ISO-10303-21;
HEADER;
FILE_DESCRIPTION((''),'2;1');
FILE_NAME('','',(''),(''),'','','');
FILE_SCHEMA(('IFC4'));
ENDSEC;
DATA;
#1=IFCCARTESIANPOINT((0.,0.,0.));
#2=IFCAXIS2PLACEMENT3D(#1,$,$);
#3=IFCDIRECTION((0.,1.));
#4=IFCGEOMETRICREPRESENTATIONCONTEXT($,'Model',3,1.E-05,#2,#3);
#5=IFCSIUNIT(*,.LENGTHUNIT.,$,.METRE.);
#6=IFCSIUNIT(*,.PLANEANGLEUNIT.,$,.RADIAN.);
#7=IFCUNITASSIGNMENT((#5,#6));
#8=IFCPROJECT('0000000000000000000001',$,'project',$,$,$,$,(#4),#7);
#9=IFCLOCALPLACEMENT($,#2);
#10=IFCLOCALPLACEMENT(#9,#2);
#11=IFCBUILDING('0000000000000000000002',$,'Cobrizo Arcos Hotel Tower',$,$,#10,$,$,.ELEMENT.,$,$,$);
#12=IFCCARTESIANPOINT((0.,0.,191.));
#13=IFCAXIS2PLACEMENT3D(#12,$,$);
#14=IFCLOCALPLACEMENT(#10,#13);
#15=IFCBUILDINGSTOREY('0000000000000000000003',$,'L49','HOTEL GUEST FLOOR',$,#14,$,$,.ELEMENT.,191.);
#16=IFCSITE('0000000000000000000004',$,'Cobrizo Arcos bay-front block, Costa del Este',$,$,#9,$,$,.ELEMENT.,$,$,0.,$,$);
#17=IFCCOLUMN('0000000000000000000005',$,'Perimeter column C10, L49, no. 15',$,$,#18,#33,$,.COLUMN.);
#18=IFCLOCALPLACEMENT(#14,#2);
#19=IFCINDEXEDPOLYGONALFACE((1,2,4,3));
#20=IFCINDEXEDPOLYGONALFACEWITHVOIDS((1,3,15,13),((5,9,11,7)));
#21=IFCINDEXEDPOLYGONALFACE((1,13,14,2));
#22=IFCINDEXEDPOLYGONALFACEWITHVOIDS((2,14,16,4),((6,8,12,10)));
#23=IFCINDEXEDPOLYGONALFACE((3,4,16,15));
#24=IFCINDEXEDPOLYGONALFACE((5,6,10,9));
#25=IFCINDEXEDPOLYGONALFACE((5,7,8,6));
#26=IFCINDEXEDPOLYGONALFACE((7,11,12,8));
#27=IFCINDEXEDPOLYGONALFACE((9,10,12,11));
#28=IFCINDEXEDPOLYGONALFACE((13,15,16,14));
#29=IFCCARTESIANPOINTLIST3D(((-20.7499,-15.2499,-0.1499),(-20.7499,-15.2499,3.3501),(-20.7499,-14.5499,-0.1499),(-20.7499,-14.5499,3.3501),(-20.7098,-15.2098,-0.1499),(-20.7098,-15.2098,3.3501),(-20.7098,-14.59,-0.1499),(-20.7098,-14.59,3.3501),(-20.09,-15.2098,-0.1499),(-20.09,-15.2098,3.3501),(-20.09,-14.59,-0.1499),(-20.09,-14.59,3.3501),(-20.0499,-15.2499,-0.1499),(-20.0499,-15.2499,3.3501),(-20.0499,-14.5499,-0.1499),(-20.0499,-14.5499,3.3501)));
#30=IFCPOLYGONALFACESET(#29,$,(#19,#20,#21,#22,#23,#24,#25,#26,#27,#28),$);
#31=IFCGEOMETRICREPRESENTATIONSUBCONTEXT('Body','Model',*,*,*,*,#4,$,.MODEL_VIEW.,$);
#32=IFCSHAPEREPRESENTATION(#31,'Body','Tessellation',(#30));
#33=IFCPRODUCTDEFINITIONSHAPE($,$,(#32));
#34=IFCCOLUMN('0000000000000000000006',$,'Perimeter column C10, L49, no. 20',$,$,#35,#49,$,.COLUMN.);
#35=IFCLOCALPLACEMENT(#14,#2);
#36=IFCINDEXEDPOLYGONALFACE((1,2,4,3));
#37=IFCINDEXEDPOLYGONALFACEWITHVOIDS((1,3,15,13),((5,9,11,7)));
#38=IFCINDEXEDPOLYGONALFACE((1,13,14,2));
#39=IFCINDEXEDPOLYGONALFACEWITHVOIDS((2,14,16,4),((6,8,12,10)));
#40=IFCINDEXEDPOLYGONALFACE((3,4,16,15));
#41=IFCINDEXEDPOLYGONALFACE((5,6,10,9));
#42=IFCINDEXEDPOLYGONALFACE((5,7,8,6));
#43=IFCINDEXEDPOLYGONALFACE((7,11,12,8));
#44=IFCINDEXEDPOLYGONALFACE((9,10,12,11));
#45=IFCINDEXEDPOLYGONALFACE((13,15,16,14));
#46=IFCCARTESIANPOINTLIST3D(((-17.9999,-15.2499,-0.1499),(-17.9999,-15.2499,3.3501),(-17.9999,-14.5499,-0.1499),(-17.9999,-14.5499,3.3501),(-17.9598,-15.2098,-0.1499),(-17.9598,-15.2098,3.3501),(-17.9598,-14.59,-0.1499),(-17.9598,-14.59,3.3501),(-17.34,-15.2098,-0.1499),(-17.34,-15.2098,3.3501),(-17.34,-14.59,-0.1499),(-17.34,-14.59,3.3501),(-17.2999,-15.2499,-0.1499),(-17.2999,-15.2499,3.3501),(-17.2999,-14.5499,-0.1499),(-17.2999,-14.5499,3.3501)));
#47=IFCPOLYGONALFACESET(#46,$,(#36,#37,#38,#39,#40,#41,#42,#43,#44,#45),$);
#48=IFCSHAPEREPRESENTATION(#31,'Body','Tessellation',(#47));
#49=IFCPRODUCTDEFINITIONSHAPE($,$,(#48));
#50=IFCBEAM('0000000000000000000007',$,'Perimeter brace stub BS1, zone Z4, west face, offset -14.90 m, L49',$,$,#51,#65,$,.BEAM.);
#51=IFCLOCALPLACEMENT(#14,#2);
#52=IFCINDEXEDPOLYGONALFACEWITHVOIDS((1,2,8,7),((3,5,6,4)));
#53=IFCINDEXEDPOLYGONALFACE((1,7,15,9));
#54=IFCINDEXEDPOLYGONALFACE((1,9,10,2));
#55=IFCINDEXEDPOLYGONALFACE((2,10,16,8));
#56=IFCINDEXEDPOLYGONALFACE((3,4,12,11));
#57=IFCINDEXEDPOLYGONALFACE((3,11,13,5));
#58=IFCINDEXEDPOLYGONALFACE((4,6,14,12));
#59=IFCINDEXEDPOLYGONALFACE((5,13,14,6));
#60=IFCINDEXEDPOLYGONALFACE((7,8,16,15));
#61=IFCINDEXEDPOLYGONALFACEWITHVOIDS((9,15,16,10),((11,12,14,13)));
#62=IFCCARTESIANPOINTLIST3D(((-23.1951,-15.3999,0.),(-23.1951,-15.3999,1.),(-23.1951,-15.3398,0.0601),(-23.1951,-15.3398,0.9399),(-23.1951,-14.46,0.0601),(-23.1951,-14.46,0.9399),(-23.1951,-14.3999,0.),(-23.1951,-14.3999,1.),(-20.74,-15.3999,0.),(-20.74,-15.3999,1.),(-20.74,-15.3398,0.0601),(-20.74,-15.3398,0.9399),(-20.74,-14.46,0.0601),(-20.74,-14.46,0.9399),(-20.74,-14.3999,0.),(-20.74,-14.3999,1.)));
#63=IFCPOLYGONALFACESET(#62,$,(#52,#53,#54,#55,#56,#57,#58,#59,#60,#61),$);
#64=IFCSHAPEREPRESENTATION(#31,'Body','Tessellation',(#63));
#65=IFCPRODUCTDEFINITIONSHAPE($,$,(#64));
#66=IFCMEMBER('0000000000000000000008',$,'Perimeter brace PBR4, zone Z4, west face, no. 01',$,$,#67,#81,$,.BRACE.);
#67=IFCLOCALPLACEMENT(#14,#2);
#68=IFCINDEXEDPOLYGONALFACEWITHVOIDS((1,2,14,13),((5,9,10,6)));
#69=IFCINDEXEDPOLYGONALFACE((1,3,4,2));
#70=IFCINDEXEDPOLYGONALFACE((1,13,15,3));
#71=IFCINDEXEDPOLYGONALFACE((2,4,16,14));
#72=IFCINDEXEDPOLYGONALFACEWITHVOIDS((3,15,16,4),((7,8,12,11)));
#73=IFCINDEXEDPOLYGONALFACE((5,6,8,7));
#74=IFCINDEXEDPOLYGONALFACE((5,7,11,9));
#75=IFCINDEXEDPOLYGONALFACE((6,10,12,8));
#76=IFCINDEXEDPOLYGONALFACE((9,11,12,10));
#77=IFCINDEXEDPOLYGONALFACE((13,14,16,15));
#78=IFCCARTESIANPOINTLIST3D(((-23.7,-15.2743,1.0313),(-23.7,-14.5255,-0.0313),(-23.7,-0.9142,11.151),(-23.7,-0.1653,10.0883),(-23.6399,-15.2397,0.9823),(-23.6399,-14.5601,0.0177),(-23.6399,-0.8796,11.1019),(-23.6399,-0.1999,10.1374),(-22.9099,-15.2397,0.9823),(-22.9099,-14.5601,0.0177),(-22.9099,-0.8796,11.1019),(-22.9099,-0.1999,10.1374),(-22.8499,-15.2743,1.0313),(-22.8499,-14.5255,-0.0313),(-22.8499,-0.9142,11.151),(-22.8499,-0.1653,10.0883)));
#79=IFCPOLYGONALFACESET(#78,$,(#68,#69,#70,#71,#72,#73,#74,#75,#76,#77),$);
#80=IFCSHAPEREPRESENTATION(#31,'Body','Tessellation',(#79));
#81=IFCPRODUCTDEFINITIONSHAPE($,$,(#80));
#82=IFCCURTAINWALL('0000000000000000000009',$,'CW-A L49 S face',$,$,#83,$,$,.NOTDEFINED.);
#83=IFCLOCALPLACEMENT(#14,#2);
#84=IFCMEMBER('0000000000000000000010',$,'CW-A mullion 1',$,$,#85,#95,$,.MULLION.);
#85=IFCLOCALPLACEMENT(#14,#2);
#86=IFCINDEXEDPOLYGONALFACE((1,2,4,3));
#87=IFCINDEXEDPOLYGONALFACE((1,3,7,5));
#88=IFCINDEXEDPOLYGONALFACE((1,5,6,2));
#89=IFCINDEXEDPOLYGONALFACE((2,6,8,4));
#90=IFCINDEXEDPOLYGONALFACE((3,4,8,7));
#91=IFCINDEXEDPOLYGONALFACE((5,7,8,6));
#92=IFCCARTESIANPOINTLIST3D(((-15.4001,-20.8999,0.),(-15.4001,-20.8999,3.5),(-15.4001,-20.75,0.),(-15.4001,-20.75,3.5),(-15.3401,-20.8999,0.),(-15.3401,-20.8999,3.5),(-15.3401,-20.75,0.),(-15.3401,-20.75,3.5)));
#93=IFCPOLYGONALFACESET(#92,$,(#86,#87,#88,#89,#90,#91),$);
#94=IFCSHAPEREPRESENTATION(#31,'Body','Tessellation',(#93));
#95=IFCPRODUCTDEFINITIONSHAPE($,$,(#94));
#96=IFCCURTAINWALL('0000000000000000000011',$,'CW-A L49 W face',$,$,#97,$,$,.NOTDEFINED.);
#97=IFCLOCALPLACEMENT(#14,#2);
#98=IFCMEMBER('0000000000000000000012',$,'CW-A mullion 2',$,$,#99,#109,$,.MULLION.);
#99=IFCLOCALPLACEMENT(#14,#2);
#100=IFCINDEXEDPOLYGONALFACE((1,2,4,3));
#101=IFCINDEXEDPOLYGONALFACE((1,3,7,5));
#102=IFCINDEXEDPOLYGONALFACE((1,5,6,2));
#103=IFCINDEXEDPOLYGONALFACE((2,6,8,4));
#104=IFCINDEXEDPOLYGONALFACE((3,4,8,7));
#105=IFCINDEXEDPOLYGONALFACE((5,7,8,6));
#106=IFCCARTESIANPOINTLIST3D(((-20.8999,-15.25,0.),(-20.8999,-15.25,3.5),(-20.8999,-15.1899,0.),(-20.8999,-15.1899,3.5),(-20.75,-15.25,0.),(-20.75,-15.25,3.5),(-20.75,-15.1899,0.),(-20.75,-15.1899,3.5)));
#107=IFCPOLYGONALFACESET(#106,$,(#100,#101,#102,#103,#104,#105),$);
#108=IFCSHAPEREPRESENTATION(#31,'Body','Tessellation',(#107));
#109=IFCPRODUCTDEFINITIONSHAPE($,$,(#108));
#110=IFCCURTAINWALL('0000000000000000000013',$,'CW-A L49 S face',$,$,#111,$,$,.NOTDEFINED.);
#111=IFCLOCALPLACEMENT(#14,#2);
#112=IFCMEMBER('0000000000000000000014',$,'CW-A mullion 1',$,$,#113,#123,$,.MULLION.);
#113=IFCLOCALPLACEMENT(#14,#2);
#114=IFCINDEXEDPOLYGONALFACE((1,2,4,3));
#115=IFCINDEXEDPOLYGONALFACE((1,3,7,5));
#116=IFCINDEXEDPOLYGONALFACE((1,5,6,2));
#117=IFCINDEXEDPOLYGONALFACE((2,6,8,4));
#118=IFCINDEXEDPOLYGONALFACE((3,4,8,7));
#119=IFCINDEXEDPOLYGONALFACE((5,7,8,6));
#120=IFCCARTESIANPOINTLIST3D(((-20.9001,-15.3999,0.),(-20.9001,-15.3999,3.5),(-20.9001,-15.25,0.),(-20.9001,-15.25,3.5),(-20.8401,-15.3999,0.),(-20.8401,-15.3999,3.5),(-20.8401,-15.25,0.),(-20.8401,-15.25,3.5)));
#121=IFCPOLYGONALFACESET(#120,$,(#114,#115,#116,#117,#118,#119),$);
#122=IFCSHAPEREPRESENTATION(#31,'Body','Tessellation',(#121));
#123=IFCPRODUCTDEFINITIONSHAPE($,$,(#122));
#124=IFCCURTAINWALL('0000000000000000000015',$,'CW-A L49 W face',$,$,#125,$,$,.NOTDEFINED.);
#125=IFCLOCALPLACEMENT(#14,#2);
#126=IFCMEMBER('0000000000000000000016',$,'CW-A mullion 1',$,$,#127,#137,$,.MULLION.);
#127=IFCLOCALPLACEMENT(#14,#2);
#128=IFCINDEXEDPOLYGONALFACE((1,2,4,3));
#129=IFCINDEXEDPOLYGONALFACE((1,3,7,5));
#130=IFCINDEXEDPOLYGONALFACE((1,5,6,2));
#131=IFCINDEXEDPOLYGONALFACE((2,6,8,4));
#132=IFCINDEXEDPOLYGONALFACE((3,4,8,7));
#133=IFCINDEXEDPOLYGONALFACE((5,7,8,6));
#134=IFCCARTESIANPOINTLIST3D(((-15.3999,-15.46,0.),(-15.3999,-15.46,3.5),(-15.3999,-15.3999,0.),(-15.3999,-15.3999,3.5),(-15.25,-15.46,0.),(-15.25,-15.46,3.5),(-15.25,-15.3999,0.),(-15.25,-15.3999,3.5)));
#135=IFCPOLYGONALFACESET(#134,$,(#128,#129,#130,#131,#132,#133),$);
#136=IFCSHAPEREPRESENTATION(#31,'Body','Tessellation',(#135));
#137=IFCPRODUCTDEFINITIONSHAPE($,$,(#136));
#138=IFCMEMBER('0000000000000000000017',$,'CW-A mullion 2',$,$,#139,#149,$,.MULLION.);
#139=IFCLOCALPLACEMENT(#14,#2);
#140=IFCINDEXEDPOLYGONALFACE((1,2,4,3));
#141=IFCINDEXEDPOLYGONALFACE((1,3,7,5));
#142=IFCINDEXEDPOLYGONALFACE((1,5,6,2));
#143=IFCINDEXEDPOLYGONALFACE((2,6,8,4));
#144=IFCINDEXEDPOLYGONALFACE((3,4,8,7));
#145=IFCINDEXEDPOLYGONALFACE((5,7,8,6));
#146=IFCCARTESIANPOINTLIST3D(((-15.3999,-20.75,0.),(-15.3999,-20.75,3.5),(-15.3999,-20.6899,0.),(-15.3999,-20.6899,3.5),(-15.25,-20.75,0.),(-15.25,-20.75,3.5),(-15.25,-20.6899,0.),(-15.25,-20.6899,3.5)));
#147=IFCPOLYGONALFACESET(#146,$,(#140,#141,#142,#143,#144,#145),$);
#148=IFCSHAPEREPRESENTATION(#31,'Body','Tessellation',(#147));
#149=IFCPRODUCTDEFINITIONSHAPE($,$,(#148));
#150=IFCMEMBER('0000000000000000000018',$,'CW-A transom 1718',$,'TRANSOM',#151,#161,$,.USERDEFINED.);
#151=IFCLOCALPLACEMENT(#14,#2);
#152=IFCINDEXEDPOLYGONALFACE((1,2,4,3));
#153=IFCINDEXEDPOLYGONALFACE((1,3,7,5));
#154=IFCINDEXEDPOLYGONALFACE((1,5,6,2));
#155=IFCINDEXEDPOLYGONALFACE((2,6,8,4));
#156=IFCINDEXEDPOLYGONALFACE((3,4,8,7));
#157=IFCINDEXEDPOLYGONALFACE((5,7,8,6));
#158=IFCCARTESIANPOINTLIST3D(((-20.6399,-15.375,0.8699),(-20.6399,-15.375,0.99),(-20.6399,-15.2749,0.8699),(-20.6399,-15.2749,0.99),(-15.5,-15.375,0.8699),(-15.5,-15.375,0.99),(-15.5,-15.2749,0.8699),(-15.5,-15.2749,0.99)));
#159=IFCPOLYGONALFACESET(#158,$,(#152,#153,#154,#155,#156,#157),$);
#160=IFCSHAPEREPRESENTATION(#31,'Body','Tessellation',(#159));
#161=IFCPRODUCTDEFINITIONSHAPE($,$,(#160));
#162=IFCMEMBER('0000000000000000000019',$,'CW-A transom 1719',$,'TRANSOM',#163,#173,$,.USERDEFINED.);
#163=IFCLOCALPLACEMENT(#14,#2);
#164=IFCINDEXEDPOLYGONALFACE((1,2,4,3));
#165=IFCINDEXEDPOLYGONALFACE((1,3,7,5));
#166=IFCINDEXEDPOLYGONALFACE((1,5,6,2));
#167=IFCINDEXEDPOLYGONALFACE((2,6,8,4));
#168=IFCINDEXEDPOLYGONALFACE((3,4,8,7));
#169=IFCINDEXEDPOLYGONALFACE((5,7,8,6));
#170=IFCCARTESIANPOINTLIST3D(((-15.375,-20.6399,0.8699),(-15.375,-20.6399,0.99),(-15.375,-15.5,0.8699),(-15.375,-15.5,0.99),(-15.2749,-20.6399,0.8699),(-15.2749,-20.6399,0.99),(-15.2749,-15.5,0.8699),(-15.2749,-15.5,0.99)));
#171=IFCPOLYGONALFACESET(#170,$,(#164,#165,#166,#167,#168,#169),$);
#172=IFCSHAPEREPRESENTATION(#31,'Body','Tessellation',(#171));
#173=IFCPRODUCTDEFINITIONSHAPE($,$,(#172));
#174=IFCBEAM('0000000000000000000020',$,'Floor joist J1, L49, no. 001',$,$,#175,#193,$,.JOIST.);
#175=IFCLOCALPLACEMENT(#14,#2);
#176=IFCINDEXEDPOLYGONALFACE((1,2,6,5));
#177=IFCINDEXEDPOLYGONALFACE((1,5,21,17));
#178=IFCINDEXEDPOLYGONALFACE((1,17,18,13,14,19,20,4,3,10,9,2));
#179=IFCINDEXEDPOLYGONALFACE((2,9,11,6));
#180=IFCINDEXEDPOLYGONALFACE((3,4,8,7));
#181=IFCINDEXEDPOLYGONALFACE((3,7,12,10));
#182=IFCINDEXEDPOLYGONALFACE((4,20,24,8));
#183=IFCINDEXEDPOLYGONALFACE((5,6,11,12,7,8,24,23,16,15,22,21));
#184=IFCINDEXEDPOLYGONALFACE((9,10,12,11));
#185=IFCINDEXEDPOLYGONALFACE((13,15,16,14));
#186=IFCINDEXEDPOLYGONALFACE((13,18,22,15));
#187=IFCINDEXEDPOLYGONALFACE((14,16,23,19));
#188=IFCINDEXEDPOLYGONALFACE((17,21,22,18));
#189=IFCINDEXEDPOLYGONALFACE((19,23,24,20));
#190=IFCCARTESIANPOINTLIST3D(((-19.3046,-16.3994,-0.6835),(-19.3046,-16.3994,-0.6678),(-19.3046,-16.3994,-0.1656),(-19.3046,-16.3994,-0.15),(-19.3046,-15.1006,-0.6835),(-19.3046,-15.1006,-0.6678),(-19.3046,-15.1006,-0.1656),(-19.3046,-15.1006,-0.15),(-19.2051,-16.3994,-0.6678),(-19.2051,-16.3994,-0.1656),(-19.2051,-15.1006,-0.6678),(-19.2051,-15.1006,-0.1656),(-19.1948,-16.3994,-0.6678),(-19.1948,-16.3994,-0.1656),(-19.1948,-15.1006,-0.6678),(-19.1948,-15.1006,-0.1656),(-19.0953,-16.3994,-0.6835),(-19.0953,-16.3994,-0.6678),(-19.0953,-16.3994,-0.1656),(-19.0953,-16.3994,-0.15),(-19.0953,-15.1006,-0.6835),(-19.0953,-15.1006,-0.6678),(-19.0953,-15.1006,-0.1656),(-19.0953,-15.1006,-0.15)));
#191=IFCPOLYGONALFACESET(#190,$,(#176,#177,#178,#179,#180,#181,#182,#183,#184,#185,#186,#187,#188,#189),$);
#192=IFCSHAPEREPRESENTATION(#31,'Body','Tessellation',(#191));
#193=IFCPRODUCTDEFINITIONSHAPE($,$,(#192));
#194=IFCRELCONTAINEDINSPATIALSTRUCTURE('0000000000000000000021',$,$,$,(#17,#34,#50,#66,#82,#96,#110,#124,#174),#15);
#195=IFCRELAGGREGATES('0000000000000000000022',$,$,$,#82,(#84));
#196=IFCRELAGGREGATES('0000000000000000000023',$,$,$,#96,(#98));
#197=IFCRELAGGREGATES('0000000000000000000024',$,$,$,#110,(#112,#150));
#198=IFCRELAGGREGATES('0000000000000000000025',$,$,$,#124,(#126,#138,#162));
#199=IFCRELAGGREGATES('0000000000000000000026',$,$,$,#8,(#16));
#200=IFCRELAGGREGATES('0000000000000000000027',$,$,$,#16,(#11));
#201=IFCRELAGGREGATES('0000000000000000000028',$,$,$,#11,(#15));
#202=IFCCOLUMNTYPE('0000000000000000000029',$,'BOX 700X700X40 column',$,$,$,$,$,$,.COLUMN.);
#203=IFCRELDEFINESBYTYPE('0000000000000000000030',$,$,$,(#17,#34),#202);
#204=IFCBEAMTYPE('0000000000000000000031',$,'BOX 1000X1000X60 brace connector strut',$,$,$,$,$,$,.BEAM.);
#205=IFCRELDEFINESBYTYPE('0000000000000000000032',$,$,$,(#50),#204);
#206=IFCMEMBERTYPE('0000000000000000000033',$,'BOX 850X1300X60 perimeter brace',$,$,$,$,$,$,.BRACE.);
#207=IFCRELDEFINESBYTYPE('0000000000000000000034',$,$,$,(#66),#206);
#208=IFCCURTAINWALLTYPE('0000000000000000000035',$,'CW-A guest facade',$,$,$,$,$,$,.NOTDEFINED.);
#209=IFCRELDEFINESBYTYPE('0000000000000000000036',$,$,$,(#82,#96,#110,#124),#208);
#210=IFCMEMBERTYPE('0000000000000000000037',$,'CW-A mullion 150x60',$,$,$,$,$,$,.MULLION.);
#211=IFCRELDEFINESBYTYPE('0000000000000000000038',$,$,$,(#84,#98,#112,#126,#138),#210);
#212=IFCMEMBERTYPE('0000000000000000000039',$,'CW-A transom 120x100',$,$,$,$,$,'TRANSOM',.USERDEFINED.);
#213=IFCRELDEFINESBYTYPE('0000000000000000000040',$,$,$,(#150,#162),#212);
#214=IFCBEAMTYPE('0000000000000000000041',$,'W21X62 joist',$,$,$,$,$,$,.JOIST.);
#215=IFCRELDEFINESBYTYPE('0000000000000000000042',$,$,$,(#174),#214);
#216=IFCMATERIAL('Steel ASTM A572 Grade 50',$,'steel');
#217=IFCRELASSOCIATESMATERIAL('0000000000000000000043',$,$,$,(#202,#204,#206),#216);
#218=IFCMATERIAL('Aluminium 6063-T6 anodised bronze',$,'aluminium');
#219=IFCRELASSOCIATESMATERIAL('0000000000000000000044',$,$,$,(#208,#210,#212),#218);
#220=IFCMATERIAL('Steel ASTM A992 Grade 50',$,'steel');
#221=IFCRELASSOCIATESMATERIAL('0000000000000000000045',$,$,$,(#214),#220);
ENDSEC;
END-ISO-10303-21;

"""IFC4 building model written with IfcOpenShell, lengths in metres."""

from ifc_helpers import new_model, si_unit, direction, frame, origin, origin_2d, place, context, subcontext, project, spatial, rectangle, hollow_rectangle, i_section, extrude, material, material_profile, profile_set, type_object, element, aggregate, save


model = new_model("IFC4")

# Units and contexts
model_context = context("Model", 3, precision=1e-05, world=origin(), true_north=direction((0.0, 1.0)))
body_context = subcontext(model_context, "Body", "Model", "MODEL_VIEW")
ifc_project = project(units=[si_unit("LENGTHUNIT", "METRE"), si_unit("PLANEANGLEUNIT", "RADIAN")], contexts=[model_context])

# Site, building, storey
site_placement = place(None, origin())
site = spatial("IfcSite", under=ifc_project, at=site_placement, Name="Cobrizo Arcos bay-front block, Costa del Este", CompositionType="ELEMENT", RefElevation=0.0)
building_placement = place(site_placement, origin())
building = spatial("IfcBuilding", under=site, at=building_placement, Name="Cobrizo Arcos Hotel Tower", CompositionType="ELEMENT")
storey_placement = place(building_placement, frame((0.0, 0.0, 191.0)))
storey = spatial("IfcBuildingStorey", under=building, at=storey_placement, Name="L49", Description="HOTEL GUEST FLOOR", CompositionType="ELEMENT", Elevation=191.0)

# Columns
ifc_material_1 = material(Name="Steel ASTM A572 Grade 50", Category="steel")
ifc_material_profile_1 = material_profile(ifc_material_1, hollow_rectangle(XDim=0.7, YDim=0.7, WallThickness=0.04, at=origin_2d()), Name="BOX 700X700X40")
ifc_profile_set_1 = profile_set([ifc_material_profile_1], Name="Steel ASTM A572 Grade 50")
column_type = type_object("IfcColumnType", Name="BOX 700X700X40 column", PredefinedType="COLUMN", material=ifc_profile_set_1)
for number, where, z_axis, x_axis, name in (
    (1, (-20.3999, -14.8999, -0.1499), (0.0, 0.0, 1.0), (1.0, 0.0, 0.0), "Perimeter column C10, L49, no. 15"),
    (2, (-17.6499, -14.8999, -0.1499), (0.0, 0.0, 1.0), (1.0, 0.0, 0.0), "Perimeter column C10, L49, no. 20"),
):
    element("IfcColumn", number, at=place(storey_placement, frame(where, z_axis=z_axis, x_axis=x_axis)), inside=storey, type_object=column_type, Name=name, PredefinedType="COLUMN", context=body_context, shape_type="SweptSolid", body=[
        extrude(hollow_rectangle(XDim=0.7, YDim=0.7, WallThickness=0.04, at=origin_2d()), origin(), (0.0, 0.0, 1.0), 3.5),
    ])

# Beam
ifc_material_profile_2 = material_profile(ifc_material_1, hollow_rectangle(XDim=1.0, YDim=1.0, WallThickness=0.0601, at=origin_2d()), Name="BOX 1000X1000X60")
ifc_profile_set_2 = profile_set([ifc_material_profile_2], Name="Steel ASTM A572 Grade 50")
beam_type_1 = type_object("IfcBeamType", Name="BOX 1000X1000X60 brace connector strut", PredefinedType="BEAM", material=ifc_profile_set_2)
beam_1_placement = place(storey_placement, frame((-20.74, -14.8999, 0.5), z_axis=(-1.0, 0.0, 0.0), x_axis=(0.0, -1.0, 0.0)))
element("IfcBeam", 3, at=beam_1_placement, inside=storey, type_object=beam_type_1, Name="Perimeter brace stub BS1, zone Z4, west face, offset -14.90 m, L49", PredefinedType="BEAM", context=body_context, shape_type="SweptSolid", body=[
    extrude(hollow_rectangle(XDim=1.0, YDim=1.0, WallThickness=0.0601, at=origin_2d()), origin(), (0.0, 0.0, 1.0), 2.4551),
])

# Member
ifc_material_profile_3 = material_profile(ifc_material_1, hollow_rectangle(XDim=0.8501, YDim=1.3, WallThickness=0.0601, at=origin_2d()), Name="BOX 850X1300X60")
ifc_profile_set_3 = profile_set([ifc_material_profile_3], Name="Steel ASTM A572 Grade 50")
member_type_1 = type_object("IfcMemberType", Name="BOX 850X1300X60 perimeter brace", PredefinedType="BRACE", material=ifc_profile_set_3)
member_1_placement = place(storey_placement, frame((-23.2749, -14.8999, 0.5), z_axis=(0.0, 0.817421, 0.57604), x_axis=(-1.0, 0.0, 0.0)))
element("IfcMember", 4, at=member_1_placement, inside=storey, type_object=member_type_1, Name="Perimeter brace PBR4, zone Z4, west face, no. 01", PredefinedType="BRACE", context=body_context, shape_type="SweptSolid", body=[
    extrude(hollow_rectangle(XDim=0.8501, YDim=1.3, WallThickness=0.0601, at=origin_2d()), origin(), (0.0, 0.0, 1.0), 17.5676),
])

# Curtain walls, members
ifc_material_2 = material(Name="Aluminium 6063-T6 anodised bronze", Category="aluminium")
curtain_wall_type = type_object("IfcCurtainWallType", Name="CW-A guest facade", PredefinedType="NOTDEFINED", material=ifc_material_2)
curtain_wall_1_placement = place(storey_placement, origin())
curtain_wall_1 = element("IfcCurtainWall", 5, at=curtain_wall_1_placement, inside=storey, type_object=curtain_wall_type, Name="CW-A L49 S face", PredefinedType="NOTDEFINED")
ifc_material_profile_4 = material_profile(ifc_material_2, rectangle(XDim=0.1499, YDim=0.0601, at=origin_2d()), Name="CW-A mullion 150x60")
ifc_profile_set_4 = profile_set([ifc_material_profile_4], Name="Aluminium 6063-T6 anodised bronze")
member_type_2 = type_object("IfcMemberType", Name="CW-A mullion 150x60", PredefinedType="MULLION", material=ifc_profile_set_4)
member_2_placement = place(storey_placement, frame((-15.3701, -20.825, 0.0), z_axis=(0.0, 0.0, 1.0), x_axis=(0.0, -1.0, 0.0)))
member_2 = element("IfcMember", 6, at=member_2_placement, type_object=member_type_2, Name="CW-A mullion 1", PredefinedType="MULLION", context=body_context, shape_type="SweptSolid", body=[
    extrude(rectangle(XDim=0.1499, YDim=0.0601, at=origin_2d()), origin(), (0.0, 0.0, 1.0), 3.5),
])
aggregate(curtain_wall_1, [member_2])
curtain_wall_2_placement = place(storey_placement, origin())
curtain_wall_2 = element("IfcCurtainWall", 7, at=curtain_wall_2_placement, inside=storey, type_object=curtain_wall_type, Name="CW-A L49 W face", PredefinedType="NOTDEFINED")
member_3_placement = place(storey_placement, frame((-20.825, -15.22, 0.0), z_axis=(0.0, 0.0, 1.0), x_axis=(-1.0, 0.0, 0.0)))
member_3 = element("IfcMember", 8, at=member_3_placement, type_object=member_type_2, Name="CW-A mullion 2", PredefinedType="MULLION", context=body_context, shape_type="SweptSolid", body=[
    extrude(rectangle(XDim=0.1499, YDim=0.0601, at=origin_2d()), origin(), (0.0, 0.0, 1.0), 3.5),
])
aggregate(curtain_wall_2, [member_3])
curtain_wall_3_placement = place(storey_placement, origin())
curtain_wall_3 = element("IfcCurtainWall", 9, at=curtain_wall_3_placement, inside=storey, type_object=curtain_wall_type, Name="CW-A L49 S face", PredefinedType="NOTDEFINED")
member_4_placement = place(storey_placement, frame((-20.8701, -15.325, 0.0), z_axis=(0.0, 0.0, 1.0), x_axis=(0.0, -1.0, 0.0)))
member_4 = element("IfcMember", 10, at=member_4_placement, type_object=member_type_2, Name="CW-A mullion 1", PredefinedType="MULLION", context=body_context, shape_type="SweptSolid", body=[
    extrude(rectangle(XDim=0.1499, YDim=0.0601, at=origin_2d()), origin(), (0.0, 0.0, 1.0), 3.5),
])

# Curtain wall, members
curtain_wall_4_placement = place(storey_placement, origin())
curtain_wall_4 = element("IfcCurtainWall", 11, at=curtain_wall_4_placement, inside=storey, type_object=curtain_wall_type, Name="CW-A L49 W face", PredefinedType="NOTDEFINED")
member_5_placement = place(storey_placement, frame((-15.325, -15.4299, 0.0), z_axis=(0.0, 0.0, 1.0), x_axis=(-1.0, 0.0, 0.0)))
member_5 = element("IfcMember", 12, at=member_5_placement, type_object=member_type_2, Name="CW-A mullion 1", PredefinedType="MULLION", context=body_context, shape_type="SweptSolid", body=[
    extrude(rectangle(XDim=0.1499, YDim=0.0601, at=origin_2d()), origin(), (0.0, 0.0, 1.0), 3.5),
])
member_6_placement = place(storey_placement, frame((-15.325, -20.72, 0.0), z_axis=(0.0, 0.0, 1.0), x_axis=(-1.0, 0.0, 0.0)))
member_6 = element("IfcMember", 13, at=member_6_placement, type_object=member_type_2, Name="CW-A mullion 2", PredefinedType="MULLION", context=body_context, shape_type="SweptSolid", body=[
    extrude(rectangle(XDim=0.1499, YDim=0.0601, at=origin_2d()), origin(), (0.0, 0.0, 1.0), 3.5),
])

# Members
ifc_material_profile_5 = material_profile(ifc_material_2, rectangle(XDim=0.1001, YDim=0.1201, at=origin_2d()), Name="CW-A transom 120x100")
ifc_profile_set_5 = profile_set([ifc_material_profile_5], Name="Aluminium 6063-T6 anodised bronze")
member_type_3 = type_object("IfcMemberType", Name="CW-A transom 120x100", ElementType="TRANSOM", PredefinedType="USERDEFINED", material=ifc_profile_set_5)
member_7_placement = place(storey_placement, frame((-20.6399, -15.325, 0.9299), z_axis=(1.0, 0.0, 0.0), x_axis=(0.0, 1.0, 0.0)))
member_7 = element("IfcMember", 14, at=member_7_placement, type_object=member_type_3, Name="CW-A transom 1718", ObjectType="TRANSOM", PredefinedType="USERDEFINED", context=body_context, shape_type="SweptSolid", body=[
    extrude(rectangle(XDim=0.1001, YDim=0.1201, at=origin_2d()), origin(), (0.0, 0.0, 1.0), 5.1399),
])
member_8_placement = place(storey_placement, frame((-15.325, -15.5, 0.9299), z_axis=(0.0, -1.0, 0.0), x_axis=(1.0, 0.0, 0.0)))
member_8 = element("IfcMember", 15, at=member_8_placement, type_object=member_type_3, Name="CW-A transom 1719", ObjectType="TRANSOM", PredefinedType="USERDEFINED", context=body_context, shape_type="SweptSolid", body=[
    extrude(rectangle(XDim=0.1001, YDim=0.1201, at=origin_2d()), origin(), (0.0, 0.0, 1.0), 5.1399),
])

# Beam
ifc_material_3 = material(Name="Steel ASTM A992 Grade 50", Category="steel")
ifc_material_profile_6 = material_profile(ifc_material_3, i_section(OverallWidth=0.2092, OverallDepth=0.5334, WebThickness=0.0103, FlangeThickness=0.0156, at=origin_2d()), Name="W21X62")
ifc_profile_set_6 = profile_set([ifc_material_profile_6], Name="Steel ASTM A992 Grade 50")
beam_type_2 = type_object("IfcBeamType", Name="W21X62 joist", PredefinedType="JOIST", material=ifc_profile_set_6)
beam_2_placement = place(storey_placement, frame((-19.2, -16.3994, -0.4167), z_axis=(0.0, 1.0, 0.0), x_axis=(-1.0, 0.0, 0.0)))
element("IfcBeam", 16, at=beam_2_placement, inside=storey, type_object=beam_type_2, Name="Floor joist J1, L49, no. 001", PredefinedType="JOIST", context=body_context, shape_type="SweptSolid", body=[
    extrude(i_section(OverallWidth=0.2092, OverallDepth=0.5334, WebThickness=0.0103, FlangeThickness=0.0156, at=origin_2d()), origin(), (0.0, 0.0, 1.0), 1.2988),
])

aggregate(curtain_wall_3, [member_4, member_7])
aggregate(curtain_wall_4, [member_5, member_6, member_8])

save(model, "model.ifc")
